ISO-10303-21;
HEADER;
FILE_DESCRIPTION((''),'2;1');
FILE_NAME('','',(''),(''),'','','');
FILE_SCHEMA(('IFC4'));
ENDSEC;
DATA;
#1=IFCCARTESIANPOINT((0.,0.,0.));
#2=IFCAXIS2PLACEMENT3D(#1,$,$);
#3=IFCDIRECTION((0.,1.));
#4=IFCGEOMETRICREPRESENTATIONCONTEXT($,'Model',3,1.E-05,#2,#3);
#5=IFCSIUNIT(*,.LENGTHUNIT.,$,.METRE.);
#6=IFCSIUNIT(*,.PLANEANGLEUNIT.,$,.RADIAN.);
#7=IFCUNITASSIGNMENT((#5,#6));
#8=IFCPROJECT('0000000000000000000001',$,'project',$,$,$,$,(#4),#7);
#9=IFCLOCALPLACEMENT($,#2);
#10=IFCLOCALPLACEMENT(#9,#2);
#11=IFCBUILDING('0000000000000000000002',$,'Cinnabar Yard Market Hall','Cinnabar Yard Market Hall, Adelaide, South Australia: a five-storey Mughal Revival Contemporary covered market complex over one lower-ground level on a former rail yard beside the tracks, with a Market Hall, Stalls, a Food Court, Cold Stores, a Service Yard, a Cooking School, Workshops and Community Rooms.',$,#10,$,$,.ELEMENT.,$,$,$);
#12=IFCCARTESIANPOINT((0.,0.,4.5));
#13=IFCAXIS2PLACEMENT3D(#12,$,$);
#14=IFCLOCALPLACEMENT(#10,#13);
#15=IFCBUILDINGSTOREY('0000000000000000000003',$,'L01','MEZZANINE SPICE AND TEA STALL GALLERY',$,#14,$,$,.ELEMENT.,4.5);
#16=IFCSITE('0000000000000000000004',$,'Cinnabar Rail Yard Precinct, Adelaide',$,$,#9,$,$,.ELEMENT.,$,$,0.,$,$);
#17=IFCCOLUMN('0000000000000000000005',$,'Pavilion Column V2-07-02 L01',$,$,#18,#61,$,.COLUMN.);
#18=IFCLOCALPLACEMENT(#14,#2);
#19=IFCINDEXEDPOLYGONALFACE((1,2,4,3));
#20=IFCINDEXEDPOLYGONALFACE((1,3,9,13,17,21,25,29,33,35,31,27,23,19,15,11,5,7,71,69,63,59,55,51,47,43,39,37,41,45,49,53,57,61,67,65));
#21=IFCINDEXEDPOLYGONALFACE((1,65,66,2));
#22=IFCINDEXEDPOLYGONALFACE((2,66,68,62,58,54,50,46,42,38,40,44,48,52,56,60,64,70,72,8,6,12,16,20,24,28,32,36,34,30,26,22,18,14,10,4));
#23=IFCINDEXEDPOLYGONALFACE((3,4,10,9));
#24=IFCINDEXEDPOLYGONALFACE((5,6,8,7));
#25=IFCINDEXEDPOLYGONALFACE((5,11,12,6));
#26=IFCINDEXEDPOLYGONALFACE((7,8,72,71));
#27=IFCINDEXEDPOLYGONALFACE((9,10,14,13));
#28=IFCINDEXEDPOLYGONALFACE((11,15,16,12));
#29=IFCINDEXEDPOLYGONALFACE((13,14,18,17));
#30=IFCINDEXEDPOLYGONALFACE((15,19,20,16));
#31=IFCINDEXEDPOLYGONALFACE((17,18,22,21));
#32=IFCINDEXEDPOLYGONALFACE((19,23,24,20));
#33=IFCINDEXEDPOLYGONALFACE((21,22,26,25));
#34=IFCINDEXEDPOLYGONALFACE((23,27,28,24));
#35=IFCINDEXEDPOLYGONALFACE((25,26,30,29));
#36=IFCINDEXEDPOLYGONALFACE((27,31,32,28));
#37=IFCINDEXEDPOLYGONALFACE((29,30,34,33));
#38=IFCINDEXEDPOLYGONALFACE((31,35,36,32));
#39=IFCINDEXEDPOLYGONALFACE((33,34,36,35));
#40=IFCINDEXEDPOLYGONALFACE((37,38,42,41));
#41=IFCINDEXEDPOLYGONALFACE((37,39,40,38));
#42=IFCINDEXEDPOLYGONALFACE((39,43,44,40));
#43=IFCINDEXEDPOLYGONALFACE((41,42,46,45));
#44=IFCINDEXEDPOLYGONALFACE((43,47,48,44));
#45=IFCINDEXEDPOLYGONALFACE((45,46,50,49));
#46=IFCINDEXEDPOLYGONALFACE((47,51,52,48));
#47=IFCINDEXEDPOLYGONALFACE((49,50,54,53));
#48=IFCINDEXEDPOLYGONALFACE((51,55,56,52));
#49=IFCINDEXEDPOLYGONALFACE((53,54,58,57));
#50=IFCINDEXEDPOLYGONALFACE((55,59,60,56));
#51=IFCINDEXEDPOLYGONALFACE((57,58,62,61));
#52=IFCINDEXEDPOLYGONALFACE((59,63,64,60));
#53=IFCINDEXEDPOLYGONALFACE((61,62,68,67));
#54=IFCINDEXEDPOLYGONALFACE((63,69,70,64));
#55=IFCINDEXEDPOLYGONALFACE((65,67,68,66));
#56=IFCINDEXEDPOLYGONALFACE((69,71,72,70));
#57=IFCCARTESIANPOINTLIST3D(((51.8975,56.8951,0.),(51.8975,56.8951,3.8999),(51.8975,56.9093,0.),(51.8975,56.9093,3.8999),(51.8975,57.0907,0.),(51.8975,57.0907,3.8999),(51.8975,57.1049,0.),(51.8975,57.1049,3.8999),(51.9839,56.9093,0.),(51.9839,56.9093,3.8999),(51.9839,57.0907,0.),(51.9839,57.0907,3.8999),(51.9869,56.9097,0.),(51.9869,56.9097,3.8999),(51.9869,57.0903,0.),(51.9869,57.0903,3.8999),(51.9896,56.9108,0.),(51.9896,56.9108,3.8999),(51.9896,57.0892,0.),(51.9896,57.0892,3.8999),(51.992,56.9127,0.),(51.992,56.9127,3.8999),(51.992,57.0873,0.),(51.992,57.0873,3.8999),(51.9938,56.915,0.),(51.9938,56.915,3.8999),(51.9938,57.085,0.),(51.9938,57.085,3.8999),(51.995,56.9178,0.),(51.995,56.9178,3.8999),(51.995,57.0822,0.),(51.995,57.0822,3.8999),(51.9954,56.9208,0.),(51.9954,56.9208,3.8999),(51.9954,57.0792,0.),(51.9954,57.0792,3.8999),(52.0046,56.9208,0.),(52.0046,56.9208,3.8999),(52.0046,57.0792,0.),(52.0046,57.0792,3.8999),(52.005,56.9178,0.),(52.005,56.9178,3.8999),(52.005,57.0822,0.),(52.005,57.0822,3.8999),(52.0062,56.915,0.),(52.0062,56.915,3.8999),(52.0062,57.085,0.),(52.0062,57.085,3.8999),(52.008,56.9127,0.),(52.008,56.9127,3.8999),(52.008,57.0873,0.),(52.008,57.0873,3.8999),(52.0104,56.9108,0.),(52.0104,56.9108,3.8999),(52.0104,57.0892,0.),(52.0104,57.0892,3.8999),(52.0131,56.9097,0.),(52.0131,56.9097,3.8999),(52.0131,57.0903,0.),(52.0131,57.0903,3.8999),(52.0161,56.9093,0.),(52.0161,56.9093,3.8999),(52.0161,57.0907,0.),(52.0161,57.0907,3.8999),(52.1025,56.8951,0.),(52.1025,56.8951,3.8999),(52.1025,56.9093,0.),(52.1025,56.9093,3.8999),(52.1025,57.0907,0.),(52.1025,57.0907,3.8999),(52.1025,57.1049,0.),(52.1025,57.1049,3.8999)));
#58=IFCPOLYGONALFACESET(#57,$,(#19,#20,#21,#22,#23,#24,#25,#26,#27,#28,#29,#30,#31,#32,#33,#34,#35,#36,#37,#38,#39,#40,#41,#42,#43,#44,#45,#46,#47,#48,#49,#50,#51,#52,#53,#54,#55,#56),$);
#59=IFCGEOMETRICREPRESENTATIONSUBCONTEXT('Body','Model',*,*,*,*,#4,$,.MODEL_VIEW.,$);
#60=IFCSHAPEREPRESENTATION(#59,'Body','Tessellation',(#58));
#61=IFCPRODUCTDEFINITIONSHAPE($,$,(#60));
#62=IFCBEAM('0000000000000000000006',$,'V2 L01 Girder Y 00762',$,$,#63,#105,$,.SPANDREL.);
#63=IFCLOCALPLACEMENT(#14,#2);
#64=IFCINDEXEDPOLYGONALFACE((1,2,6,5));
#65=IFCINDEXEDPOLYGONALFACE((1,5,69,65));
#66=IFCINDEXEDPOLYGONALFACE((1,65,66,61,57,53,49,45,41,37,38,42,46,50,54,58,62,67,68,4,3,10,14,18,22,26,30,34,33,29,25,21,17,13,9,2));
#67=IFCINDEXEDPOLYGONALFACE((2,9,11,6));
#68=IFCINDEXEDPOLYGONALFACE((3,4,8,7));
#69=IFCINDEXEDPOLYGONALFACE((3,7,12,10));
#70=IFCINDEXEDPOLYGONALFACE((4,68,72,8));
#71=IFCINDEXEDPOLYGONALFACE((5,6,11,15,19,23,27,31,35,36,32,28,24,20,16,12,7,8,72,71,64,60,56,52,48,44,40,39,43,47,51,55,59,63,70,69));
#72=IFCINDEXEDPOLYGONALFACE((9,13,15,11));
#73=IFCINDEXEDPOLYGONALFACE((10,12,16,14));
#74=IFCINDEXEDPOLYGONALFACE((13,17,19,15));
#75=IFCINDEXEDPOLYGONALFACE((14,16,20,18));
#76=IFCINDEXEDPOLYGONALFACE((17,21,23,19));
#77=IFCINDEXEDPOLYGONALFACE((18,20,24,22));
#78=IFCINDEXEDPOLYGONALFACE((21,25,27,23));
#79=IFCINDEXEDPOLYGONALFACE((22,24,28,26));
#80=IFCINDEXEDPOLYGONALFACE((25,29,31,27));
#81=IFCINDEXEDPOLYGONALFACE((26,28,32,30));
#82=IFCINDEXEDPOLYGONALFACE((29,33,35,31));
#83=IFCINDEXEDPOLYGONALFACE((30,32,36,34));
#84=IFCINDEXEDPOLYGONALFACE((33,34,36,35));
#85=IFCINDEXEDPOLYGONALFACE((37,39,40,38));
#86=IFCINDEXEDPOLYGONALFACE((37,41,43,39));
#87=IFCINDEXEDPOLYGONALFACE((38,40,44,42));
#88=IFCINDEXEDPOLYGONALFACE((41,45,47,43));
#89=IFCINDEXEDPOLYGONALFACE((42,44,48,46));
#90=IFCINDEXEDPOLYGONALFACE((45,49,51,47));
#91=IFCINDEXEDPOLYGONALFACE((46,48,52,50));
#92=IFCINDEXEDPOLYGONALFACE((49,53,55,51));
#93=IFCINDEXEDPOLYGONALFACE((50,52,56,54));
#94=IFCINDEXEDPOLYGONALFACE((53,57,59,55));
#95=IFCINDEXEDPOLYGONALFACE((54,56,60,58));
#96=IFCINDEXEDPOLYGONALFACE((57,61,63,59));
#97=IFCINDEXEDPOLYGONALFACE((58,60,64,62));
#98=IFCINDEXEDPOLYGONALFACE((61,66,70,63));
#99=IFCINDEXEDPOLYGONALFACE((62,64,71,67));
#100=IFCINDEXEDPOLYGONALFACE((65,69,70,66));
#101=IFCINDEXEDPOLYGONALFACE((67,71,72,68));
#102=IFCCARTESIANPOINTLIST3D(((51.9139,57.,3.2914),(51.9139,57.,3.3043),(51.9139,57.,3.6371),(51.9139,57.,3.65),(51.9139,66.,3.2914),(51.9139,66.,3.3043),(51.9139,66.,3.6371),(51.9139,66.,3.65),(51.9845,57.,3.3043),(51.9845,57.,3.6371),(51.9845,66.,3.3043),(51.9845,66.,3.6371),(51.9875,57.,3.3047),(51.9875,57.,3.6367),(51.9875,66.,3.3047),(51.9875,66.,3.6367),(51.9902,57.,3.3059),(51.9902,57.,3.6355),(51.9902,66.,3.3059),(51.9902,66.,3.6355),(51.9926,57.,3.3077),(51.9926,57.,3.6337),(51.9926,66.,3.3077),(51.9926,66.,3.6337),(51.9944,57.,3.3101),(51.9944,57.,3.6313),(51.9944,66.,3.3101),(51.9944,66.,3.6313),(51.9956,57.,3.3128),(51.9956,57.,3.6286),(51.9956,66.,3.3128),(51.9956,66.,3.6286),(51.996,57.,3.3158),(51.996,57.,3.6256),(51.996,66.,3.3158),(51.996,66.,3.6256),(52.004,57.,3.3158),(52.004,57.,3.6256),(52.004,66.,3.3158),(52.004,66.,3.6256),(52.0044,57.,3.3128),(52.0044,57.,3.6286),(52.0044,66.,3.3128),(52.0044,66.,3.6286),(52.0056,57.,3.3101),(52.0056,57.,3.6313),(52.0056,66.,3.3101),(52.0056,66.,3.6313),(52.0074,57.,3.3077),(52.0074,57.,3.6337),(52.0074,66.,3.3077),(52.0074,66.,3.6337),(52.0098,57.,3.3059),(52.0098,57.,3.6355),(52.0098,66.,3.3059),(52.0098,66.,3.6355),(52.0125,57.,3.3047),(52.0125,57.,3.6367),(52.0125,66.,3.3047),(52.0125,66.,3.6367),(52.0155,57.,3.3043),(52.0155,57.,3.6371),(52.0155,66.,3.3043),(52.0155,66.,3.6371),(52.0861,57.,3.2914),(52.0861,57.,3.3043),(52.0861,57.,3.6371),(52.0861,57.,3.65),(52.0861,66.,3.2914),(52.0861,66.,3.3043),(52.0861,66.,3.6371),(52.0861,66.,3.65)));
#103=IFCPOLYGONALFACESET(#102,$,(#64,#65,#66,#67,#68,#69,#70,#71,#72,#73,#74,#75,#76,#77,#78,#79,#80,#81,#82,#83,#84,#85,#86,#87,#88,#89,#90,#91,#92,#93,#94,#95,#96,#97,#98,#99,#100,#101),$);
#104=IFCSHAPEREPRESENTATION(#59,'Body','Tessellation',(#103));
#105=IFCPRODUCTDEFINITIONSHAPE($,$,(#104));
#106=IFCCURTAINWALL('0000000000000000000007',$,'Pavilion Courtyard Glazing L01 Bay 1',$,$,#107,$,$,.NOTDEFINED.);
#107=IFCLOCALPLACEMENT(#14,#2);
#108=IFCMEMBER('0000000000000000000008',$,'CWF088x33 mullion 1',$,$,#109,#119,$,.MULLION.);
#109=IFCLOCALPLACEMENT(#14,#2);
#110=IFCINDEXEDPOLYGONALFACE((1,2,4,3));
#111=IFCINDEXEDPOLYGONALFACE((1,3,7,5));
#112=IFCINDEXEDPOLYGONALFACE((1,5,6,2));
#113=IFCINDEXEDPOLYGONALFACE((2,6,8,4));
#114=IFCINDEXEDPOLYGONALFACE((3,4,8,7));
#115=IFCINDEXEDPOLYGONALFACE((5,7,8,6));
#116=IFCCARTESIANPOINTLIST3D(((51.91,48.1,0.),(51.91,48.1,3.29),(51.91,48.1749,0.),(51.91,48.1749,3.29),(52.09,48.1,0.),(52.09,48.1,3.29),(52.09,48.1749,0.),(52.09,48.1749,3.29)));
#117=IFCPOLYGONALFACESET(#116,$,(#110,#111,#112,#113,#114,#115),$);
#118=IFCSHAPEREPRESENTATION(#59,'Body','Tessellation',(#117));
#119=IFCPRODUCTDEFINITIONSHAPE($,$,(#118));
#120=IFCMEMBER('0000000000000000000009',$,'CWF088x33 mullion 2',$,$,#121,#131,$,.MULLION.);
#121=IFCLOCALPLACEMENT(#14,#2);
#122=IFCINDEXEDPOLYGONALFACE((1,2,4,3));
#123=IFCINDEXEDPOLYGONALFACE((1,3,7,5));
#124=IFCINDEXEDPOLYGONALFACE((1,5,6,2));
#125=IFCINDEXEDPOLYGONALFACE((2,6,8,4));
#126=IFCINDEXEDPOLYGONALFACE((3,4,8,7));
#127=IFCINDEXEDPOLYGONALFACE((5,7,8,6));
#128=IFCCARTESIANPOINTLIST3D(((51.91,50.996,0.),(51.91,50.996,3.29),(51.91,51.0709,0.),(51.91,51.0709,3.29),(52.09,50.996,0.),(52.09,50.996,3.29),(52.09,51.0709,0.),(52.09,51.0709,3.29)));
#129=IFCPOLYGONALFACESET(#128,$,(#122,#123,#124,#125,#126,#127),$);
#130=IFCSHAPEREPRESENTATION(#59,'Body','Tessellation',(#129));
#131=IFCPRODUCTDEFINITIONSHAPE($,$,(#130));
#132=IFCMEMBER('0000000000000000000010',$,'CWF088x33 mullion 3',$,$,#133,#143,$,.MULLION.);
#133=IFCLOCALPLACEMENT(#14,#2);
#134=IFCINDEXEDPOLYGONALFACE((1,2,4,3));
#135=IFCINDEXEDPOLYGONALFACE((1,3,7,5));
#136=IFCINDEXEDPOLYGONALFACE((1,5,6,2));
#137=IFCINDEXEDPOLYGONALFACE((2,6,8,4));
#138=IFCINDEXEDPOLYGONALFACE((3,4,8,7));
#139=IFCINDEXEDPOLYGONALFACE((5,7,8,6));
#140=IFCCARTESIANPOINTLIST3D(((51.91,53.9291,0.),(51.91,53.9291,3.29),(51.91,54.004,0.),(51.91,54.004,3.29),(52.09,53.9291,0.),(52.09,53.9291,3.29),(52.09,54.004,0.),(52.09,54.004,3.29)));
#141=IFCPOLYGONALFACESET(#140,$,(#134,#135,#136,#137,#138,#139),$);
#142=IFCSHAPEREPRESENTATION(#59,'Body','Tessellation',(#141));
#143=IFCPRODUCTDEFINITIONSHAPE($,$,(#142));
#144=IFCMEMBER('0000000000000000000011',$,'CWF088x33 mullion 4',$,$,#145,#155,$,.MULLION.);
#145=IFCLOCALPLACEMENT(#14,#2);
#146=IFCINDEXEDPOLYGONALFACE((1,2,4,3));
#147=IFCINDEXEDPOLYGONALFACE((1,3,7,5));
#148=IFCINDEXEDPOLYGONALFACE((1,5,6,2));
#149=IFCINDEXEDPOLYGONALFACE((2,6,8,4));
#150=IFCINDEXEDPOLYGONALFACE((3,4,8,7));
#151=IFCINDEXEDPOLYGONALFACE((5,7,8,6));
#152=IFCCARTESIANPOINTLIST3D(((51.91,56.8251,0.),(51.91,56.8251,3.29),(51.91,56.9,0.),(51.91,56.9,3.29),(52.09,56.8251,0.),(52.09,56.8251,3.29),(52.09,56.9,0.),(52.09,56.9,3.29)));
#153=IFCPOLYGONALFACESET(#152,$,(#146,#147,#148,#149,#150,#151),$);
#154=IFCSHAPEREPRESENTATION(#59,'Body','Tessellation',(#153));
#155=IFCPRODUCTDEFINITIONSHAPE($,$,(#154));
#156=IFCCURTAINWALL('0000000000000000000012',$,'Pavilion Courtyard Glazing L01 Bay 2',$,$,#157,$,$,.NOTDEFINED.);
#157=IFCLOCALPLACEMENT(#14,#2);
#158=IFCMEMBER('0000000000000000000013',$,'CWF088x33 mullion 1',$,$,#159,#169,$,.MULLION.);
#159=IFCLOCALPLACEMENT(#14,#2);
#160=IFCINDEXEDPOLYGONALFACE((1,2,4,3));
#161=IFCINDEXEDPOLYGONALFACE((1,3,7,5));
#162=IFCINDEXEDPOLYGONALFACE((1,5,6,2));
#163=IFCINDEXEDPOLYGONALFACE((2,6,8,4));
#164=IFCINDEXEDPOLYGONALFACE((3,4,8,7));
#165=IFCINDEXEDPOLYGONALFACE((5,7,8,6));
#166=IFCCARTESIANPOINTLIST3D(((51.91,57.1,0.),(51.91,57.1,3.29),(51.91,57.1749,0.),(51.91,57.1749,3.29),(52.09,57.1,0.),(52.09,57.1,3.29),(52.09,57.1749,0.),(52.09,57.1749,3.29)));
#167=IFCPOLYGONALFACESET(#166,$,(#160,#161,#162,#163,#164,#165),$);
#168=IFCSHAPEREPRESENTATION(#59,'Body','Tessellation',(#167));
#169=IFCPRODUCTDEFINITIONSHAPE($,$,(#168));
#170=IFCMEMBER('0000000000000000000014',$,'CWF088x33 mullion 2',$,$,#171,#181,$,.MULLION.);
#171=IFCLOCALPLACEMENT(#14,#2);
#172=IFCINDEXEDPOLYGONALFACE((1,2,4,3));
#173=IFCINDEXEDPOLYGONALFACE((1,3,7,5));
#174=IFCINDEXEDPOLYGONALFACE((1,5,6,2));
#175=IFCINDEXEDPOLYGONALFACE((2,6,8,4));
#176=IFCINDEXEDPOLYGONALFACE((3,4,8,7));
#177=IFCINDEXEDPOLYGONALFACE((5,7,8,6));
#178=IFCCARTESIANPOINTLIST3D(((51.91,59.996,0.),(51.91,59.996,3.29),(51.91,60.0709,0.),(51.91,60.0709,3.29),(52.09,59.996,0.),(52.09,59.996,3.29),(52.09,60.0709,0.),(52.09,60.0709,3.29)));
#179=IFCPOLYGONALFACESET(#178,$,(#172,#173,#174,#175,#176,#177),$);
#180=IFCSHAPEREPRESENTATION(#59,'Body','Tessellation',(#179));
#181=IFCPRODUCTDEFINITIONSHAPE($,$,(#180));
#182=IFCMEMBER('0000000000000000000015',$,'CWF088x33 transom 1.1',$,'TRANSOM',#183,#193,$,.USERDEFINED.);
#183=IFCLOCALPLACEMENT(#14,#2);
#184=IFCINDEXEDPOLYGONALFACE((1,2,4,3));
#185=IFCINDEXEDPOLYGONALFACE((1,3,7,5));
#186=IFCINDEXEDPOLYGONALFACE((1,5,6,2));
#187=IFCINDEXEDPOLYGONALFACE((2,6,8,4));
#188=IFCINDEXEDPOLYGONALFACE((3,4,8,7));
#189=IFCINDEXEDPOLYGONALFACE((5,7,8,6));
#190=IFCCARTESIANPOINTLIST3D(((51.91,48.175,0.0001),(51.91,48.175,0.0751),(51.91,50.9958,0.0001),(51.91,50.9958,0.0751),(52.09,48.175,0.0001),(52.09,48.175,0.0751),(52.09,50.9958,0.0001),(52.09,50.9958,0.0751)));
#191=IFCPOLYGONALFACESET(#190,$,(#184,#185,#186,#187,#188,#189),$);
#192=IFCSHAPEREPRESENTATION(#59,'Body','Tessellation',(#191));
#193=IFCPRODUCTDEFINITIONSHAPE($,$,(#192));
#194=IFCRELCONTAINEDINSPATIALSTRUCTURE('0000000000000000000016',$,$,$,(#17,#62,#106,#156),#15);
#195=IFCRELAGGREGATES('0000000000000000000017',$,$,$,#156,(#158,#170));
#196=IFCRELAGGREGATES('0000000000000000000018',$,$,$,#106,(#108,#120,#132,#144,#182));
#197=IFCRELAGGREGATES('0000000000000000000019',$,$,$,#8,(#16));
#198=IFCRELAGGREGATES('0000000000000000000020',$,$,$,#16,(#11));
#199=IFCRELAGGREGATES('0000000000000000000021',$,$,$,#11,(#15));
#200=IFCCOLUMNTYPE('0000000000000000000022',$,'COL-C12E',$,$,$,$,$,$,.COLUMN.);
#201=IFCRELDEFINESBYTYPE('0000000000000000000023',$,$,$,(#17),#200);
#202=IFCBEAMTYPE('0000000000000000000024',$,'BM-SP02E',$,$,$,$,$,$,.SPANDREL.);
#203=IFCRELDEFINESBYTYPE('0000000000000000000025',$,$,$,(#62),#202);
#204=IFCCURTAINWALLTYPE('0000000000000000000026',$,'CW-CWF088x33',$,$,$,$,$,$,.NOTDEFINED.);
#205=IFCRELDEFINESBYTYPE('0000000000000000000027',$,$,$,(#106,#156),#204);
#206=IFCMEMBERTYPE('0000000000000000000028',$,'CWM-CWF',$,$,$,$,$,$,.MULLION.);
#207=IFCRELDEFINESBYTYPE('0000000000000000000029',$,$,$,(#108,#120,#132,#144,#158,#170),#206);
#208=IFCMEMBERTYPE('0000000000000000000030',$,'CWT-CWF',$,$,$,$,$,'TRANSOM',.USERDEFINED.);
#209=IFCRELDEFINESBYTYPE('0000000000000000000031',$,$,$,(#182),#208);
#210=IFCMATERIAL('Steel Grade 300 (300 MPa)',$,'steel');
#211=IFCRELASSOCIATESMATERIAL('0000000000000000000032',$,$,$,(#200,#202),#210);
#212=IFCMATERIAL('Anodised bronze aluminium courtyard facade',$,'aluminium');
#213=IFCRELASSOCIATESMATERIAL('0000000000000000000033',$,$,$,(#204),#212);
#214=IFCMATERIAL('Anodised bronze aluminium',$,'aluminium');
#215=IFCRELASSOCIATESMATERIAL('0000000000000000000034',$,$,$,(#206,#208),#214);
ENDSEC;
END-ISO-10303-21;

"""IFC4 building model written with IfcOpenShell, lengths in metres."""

from ifc_helpers import new_model, si_unit, direction, frame, origin, origin_2d_with_axis, place, context, subcontext, project, spatial, rectangle, i_section, extrude, material, material_profile, profile_set, type_object, element, aggregate, save


model = new_model("IFC4")

# Units and contexts
model_context = context("Model", 3, precision=1e-05, world=origin(), true_north=direction((0.0, 1.0)))
body_context = subcontext(model_context, "Body", "Model", "MODEL_VIEW")
ifc_project = project(units=[si_unit("LENGTHUNIT", "METRE"), si_unit("PLANEANGLEUNIT", "RADIAN")], contexts=[model_context])

# Site, building, storey
site_placement = place(None, origin())
site = spatial("IfcSite", under=ifc_project, at=site_placement, Name="Cinnabar Rail Yard Precinct, Adelaide", CompositionType="ELEMENT", RefElevation=0.0)
building_placement = place(site_placement, origin())
building = spatial("IfcBuilding", under=site, at=building_placement, Name="Cinnabar Yard Market Hall", Description="Cinnabar Yard Market Hall, Adelaide, South Australia: a five-storey Mughal Revival Contemporary covered market complex over one lower-ground level on a former rail yard beside the tracks, with a Market Hall, Stalls, a Food Court, Cold Stores, a Service Yard, a Cooking School, Workshops and Community Rooms.", CompositionType="ELEMENT")
storey_placement = place(building_placement, frame((0.0, 0.0, 4.5)))
storey = spatial("IfcBuildingStorey", under=building, at=storey_placement, Name="L01", Description="MEZZANINE SPICE AND TEA STALL GALLERY", CompositionType="ELEMENT", Elevation=4.5)

# Column
ifc_material_1 = material(Name="Steel Grade 300 (300 MPa)", Category="steel")
ifc_material_profile_1 = material_profile(ifc_material_1, i_section(OverallWidth=0.2051, OverallDepth=0.2097, WebThickness=0.0093, FlangeThickness=0.0142, FilletRadius=0.0115, at=origin_2d_with_axis()), Name="200UC59.5")
ifc_profile_set_1 = profile_set([ifc_material_profile_1], Name="Steel Grade 300 (300 MPa)")
column_type = type_object("IfcColumnType", Name="COL-C12E", PredefinedType="COLUMN", material=ifc_profile_set_1)
column_placement = place(storey_placement, frame((52.0, 57.0, 0.0), z_axis=(0.0, 0.0, 1.0), x_axis=(1.0, 0.0, 0.0)))
element("IfcColumn", 1, at=column_placement, inside=storey, type_object=column_type, Name="Pavilion Column V2-07-02 L01", PredefinedType="COLUMN", context=body_context, shape_type="SweptSolid", body=[
    extrude(i_section(OverallWidth=0.2051, OverallDepth=0.2097, WebThickness=0.0093, FlangeThickness=0.0142, FilletRadius=0.0115, at=origin_2d_with_axis()), origin(), (0.0, 0.0, 1.0), 3.8999),
])

# Beam
ifc_material_profile_2 = material_profile(ifc_material_1, i_section(OverallWidth=0.1721, OverallDepth=0.3586, WebThickness=0.0081, FlangeThickness=0.0129, FilletRadius=0.0115, at=origin_2d_with_axis()), Name="360UB56.7")
ifc_profile_set_2 = profile_set([ifc_material_profile_2], Name="Steel Grade 300 (300 MPa)")
beam_type = type_object("IfcBeamType", Name="BM-SP02E", PredefinedType="SPANDREL", material=ifc_profile_set_2)
beam_placement = place(storey_placement, frame((52.0, 57.0, 3.4707), z_axis=(0.0, 1.0, 0.0), x_axis=(-1.0, 0.0, 0.0)))
element("IfcBeam", 2, at=beam_placement, inside=storey, type_object=beam_type, Name="V2 L01 Girder Y 00762", PredefinedType="SPANDREL", context=body_context, shape_type="SweptSolid", body=[
    extrude(i_section(OverallWidth=0.1721, OverallDepth=0.3586, WebThickness=0.0081, FlangeThickness=0.0129, FilletRadius=0.0115, at=origin_2d_with_axis()), origin(), (0.0, 0.0, 1.0), 9.0),
])

# Curtain walls, members
ifc_material_2 = material(Name="Anodised bronze aluminium courtyard facade", Category="aluminium")
curtain_wall_type = type_object("IfcCurtainWallType", Name="CW-CWF088x33", PredefinedType="NOTDEFINED", material=ifc_material_2)
curtain_wall_1_placement = place(storey_placement, origin())
curtain_wall_1 = element("IfcCurtainWall", 3, at=curtain_wall_1_placement, inside=storey, type_object=curtain_wall_type, Name="Pavilion Courtyard Glazing L01 Bay 1", PredefinedType="NOTDEFINED")
ifc_material_3 = material(Name="Anodised bronze aluminium", Category="aluminium")
ifc_material_profile_3 = material_profile(ifc_material_3, rectangle(XDim=0.1799, YDim=0.075, at=origin_2d_with_axis()), Name="MUL-CWF")
ifc_profile_set_3 = profile_set([ifc_material_profile_3], Name="Anodised bronze aluminium")
member_type_1 = type_object("IfcMemberType", Name="CWM-CWF", PredefinedType="MULLION", material=ifc_profile_set_3)
member_1_placement = place(storey_placement, frame((52.0, 48.1375, 0.0), z_axis=(0.0, 0.0, 1.0), x_axis=(-1.0, 0.0, 0.0)))
member_1 = element("IfcMember", 4, at=member_1_placement, type_object=member_type_1, Name="CWF088x33 mullion 1", PredefinedType="MULLION", context=body_context, shape_type="SweptSolid", body=[
    extrude(rectangle(XDim=0.1799, YDim=0.075, at=origin_2d_with_axis()), origin(), (0.0, 0.0, 1.0), 3.29),
])
member_2_placement = place(storey_placement, frame((52.0, 51.0334, 0.0), z_axis=(0.0, 0.0, 1.0), x_axis=(-1.0, 0.0, 0.0)))
member_2 = element("IfcMember", 5, at=member_2_placement, type_object=member_type_1, Name="CWF088x33 mullion 2", PredefinedType="MULLION", context=body_context, shape_type="SweptSolid", body=[
    extrude(rectangle(XDim=0.1799, YDim=0.075, at=origin_2d_with_axis()), origin(), (0.0, 0.0, 1.0), 3.29),
])
member_3_placement = place(storey_placement, frame((52.0, 53.9666, 0.0), z_axis=(0.0, 0.0, 1.0), x_axis=(-1.0, 0.0, 0.0)))
member_3 = element("IfcMember", 6, at=member_3_placement, type_object=member_type_1, Name="CWF088x33 mullion 3", PredefinedType="MULLION", context=body_context, shape_type="SweptSolid", body=[
    extrude(rectangle(XDim=0.1799, YDim=0.075, at=origin_2d_with_axis()), origin(), (0.0, 0.0, 1.0), 3.29),
])
member_4_placement = place(storey_placement, frame((52.0, 56.8625, 0.0), z_axis=(0.0, 0.0, 1.0), x_axis=(-1.0, 0.0, 0.0)))
member_4 = element("IfcMember", 7, at=member_4_placement, type_object=member_type_1, Name="CWF088x33 mullion 4", PredefinedType="MULLION", context=body_context, shape_type="SweptSolid", body=[
    extrude(rectangle(XDim=0.1799, YDim=0.075, at=origin_2d_with_axis()), origin(), (0.0, 0.0, 1.0), 3.29),
])
curtain_wall_2_placement = place(storey_placement, origin())
curtain_wall_2 = element("IfcCurtainWall", 8, at=curtain_wall_2_placement, inside=storey, type_object=curtain_wall_type, Name="Pavilion Courtyard Glazing L01 Bay 2", PredefinedType="NOTDEFINED")
member_5_placement = place(storey_placement, frame((52.0, 57.1375, 0.0), z_axis=(0.0, 0.0, 1.0), x_axis=(-1.0, 0.0, 0.0)))
member_5 = element("IfcMember", 9, at=member_5_placement, type_object=member_type_1, Name="CWF088x33 mullion 1", PredefinedType="MULLION", context=body_context, shape_type="SweptSolid", body=[
    extrude(rectangle(XDim=0.1799, YDim=0.075, at=origin_2d_with_axis()), origin(), (0.0, 0.0, 1.0), 3.29),
])
member_6_placement = place(storey_placement, frame((52.0, 60.0334, 0.0), z_axis=(0.0, 0.0, 1.0), x_axis=(-1.0, 0.0, 0.0)))
member_6 = element("IfcMember", 10, at=member_6_placement, type_object=member_type_1, Name="CWF088x33 mullion 2", PredefinedType="MULLION", context=body_context, shape_type="SweptSolid", body=[
    extrude(rectangle(XDim=0.1799, YDim=0.075, at=origin_2d_with_axis()), origin(), (0.0, 0.0, 1.0), 3.29),
])

# Member
ifc_material_profile_4 = material_profile(ifc_material_3, rectangle(XDim=0.1799, YDim=0.075, at=origin_2d_with_axis()), Name="TRN-CWF")
ifc_profile_set_4 = profile_set([ifc_material_profile_4], Name="Anodised bronze aluminium")
member_type_2 = type_object("IfcMemberType", Name="CWT-CWF", ElementType="TRANSOM", PredefinedType="USERDEFINED", material=ifc_profile_set_4)
member_7_placement = place(storey_placement, frame((52.0, 48.175, 0.0376), z_axis=(0.0, 1.0, 0.0), x_axis=(-1.0, 0.0, 0.0)))
member_7 = element("IfcMember", 11, at=member_7_placement, type_object=member_type_2, Name="CWF088x33 transom 1.1", ObjectType="TRANSOM", PredefinedType="USERDEFINED", context=body_context, shape_type="SweptSolid", body=[
    extrude(rectangle(XDim=0.1799, YDim=0.075, at=origin_2d_with_axis()), origin(), (0.0, 0.0, 1.0), 2.8208),
])

aggregate(curtain_wall_2, [member_5, member_6])
aggregate(curtain_wall_1, [member_1, member_2, member_3, member_4, member_7])

save(model, "model.ifc")
